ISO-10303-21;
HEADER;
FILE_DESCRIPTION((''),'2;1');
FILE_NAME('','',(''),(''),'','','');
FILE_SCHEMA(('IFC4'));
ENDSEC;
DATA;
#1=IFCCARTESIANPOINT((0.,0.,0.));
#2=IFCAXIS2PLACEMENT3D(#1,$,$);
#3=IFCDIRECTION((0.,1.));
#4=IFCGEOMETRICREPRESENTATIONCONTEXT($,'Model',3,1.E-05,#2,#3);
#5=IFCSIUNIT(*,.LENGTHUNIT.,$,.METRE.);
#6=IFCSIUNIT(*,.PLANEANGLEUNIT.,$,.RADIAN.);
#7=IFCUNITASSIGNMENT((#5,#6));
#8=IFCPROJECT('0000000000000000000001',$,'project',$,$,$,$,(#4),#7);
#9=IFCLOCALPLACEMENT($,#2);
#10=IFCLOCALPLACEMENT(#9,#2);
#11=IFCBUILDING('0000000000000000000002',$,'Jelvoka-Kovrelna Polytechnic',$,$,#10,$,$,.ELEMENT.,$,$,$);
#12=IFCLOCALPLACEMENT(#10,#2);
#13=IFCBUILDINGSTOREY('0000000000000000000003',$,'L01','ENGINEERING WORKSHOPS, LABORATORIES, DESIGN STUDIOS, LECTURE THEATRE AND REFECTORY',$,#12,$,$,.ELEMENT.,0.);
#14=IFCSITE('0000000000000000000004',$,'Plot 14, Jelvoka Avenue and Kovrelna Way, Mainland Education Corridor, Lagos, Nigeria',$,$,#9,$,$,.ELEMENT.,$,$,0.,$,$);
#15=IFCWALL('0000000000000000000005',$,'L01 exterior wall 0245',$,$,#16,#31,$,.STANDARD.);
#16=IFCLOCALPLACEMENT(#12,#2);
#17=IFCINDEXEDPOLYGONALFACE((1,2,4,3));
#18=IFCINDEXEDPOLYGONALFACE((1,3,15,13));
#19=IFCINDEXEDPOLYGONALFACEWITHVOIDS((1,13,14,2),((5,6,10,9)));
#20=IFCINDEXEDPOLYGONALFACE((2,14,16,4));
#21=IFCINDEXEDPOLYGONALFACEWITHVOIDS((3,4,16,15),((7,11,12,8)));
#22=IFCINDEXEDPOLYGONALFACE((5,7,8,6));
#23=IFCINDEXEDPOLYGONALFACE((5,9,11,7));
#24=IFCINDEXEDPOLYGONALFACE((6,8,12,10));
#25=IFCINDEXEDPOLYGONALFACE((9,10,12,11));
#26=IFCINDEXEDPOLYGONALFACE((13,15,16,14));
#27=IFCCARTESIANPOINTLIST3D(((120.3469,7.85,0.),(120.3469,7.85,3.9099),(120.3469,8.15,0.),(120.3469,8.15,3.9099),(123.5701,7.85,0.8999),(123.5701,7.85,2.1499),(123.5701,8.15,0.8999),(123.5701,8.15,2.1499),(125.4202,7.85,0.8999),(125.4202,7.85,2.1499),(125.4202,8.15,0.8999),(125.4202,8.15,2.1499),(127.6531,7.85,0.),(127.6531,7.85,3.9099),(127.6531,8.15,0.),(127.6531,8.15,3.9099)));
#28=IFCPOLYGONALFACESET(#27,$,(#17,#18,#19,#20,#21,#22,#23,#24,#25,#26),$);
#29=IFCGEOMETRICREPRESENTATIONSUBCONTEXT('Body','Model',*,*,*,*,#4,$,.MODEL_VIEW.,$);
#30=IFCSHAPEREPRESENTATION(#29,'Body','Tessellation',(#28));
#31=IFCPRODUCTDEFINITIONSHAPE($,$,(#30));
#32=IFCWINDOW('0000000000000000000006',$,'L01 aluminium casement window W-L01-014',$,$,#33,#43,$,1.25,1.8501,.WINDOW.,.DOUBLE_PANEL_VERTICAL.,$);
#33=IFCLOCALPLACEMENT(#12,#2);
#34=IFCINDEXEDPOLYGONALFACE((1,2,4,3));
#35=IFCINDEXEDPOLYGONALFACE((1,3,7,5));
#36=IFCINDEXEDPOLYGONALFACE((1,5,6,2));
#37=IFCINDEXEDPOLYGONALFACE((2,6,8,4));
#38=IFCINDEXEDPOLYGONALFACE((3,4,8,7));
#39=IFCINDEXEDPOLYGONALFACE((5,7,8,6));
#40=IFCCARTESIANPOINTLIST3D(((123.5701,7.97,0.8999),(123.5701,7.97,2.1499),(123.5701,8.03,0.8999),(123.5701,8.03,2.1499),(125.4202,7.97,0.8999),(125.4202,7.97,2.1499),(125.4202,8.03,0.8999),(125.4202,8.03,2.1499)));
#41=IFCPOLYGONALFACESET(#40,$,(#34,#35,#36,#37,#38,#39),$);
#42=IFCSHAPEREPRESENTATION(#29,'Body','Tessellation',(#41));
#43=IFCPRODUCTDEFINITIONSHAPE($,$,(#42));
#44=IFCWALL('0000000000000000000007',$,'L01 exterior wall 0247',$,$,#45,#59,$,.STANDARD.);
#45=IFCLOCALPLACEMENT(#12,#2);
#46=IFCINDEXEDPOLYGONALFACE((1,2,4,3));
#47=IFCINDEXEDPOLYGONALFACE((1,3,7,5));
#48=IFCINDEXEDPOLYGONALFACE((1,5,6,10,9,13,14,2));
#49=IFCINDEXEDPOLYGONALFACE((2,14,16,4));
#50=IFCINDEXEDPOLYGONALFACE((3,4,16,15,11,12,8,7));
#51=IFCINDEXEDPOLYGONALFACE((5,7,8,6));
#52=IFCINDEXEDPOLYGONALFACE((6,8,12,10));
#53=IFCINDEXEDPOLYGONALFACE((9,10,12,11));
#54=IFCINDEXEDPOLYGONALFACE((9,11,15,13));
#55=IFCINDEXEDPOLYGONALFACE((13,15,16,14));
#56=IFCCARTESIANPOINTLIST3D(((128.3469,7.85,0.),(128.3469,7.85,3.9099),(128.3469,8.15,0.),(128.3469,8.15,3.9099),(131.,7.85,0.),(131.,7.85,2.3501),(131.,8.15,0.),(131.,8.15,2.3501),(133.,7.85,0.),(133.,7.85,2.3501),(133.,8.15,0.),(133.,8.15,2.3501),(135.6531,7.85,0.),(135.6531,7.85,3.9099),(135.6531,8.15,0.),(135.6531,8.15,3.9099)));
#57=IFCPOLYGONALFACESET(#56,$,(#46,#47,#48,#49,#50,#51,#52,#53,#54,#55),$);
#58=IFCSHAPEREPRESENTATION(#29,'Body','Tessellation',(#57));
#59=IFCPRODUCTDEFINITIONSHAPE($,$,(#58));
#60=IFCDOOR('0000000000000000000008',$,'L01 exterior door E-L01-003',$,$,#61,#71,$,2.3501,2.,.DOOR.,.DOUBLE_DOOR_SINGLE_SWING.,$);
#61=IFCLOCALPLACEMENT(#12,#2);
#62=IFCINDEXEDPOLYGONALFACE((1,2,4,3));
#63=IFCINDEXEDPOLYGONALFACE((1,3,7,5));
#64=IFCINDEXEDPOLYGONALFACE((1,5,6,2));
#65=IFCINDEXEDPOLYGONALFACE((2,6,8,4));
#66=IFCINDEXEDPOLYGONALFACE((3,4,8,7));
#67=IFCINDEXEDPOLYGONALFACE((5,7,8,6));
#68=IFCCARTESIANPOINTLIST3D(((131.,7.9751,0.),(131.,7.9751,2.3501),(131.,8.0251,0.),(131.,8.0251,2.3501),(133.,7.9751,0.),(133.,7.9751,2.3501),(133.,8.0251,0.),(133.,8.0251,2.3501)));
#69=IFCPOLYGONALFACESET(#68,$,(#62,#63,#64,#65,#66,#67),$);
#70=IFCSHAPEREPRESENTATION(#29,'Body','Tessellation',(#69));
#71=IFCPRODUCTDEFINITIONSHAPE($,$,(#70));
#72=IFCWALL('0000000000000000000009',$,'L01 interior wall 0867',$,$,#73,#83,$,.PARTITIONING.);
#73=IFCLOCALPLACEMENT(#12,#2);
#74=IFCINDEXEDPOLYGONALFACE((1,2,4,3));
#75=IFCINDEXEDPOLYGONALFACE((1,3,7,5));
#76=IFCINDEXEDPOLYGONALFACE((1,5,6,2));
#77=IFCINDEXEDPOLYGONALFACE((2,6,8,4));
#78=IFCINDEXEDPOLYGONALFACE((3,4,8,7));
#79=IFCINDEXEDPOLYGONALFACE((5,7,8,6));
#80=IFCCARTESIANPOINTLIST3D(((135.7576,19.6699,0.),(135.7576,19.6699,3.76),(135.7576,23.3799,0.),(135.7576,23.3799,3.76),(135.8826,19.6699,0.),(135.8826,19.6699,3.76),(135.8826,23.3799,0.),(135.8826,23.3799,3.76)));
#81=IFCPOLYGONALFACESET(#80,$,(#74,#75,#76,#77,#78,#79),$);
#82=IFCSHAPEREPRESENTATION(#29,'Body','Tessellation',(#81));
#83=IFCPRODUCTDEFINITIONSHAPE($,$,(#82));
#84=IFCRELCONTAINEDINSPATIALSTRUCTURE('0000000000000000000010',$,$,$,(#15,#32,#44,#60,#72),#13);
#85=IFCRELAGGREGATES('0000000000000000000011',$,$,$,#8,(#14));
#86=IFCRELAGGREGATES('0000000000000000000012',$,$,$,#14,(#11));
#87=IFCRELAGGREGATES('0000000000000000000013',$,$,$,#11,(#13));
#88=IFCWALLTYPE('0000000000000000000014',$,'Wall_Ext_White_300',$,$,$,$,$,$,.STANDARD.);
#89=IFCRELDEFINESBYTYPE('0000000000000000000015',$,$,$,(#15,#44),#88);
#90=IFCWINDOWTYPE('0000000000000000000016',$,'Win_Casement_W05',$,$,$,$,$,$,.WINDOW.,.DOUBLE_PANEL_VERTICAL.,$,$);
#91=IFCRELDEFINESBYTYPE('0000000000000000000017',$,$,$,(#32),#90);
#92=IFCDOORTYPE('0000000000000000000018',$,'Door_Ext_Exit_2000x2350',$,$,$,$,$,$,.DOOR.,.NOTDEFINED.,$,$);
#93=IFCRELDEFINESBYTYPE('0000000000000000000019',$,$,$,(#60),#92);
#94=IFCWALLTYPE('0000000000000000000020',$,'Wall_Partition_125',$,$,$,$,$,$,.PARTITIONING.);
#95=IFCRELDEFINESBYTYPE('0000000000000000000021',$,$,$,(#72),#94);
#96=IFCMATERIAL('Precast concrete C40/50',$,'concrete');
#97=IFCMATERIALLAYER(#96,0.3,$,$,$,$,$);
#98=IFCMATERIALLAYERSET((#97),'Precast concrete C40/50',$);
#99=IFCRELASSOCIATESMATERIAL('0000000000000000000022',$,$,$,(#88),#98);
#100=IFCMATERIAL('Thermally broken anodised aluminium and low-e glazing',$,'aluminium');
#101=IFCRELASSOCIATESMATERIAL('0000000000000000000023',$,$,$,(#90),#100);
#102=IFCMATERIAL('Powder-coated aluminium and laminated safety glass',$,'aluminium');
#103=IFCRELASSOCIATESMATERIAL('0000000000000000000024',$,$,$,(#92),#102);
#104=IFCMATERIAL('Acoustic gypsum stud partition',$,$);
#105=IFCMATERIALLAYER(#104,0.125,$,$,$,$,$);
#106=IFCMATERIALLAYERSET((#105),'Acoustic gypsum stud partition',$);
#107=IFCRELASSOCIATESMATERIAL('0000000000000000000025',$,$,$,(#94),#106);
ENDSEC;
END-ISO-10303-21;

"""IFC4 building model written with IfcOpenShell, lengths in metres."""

from ifc_helpers import new_model, si_unit, direction, frame, frame_2d, origin, place, context, subcontext, project, spatial, rectangle, extrude, material, layer, layer_set, type_object, element, fill, save


model = new_model("IFC4")

# Units and contexts
model_context = context("Model", 3, precision=1e-05, world=origin(), true_north=direction((0.0, 1.0)))
body_context = subcontext(model_context, "Body", "Model", "MODEL_VIEW")
ifc_project = project(units=[si_unit("LENGTHUNIT", "METRE"), si_unit("PLANEANGLEUNIT", "RADIAN")], contexts=[model_context])

# Site, building, storey
site_placement = place(None, origin())
site = spatial("IfcSite", under=ifc_project, at=site_placement, Name="Plot 14, Jelvoka Avenue and Kovrelna Way, Mainland Education Corridor, Lagos, Nigeria", CompositionType="ELEMENT", RefElevation=0.0)
building_placement = place(site_placement, origin())
building = spatial("IfcBuilding", under=site, at=building_placement, Name="Jelvoka-Kovrelna Polytechnic", CompositionType="ELEMENT")
storey_placement = place(building_placement, origin())
storey = spatial("IfcBuildingStorey", under=building, at=storey_placement, Name="L01", Description="ENGINEERING WORKSHOPS, LABORATORIES, DESIGN STUDIOS, LECTURE THEATRE AND REFECTORY", CompositionType="ELEMENT", Elevation=0.0)

# Wall, opening, window
ifc_material_1 = material(Name="Precast concrete C40/50", Category="concrete")
ifc_layer_1 = layer(ifc_material_1, 0.3)
ifc_layer_set_1 = layer_set([ifc_layer_1], Name="Precast concrete C40/50")
wall_type_1 = type_object("IfcWallType", Name="Wall_Ext_White_300", PredefinedType="STANDARD", material=ifc_layer_set_1)
wall_1_placement = place(storey_placement, frame((127.6531, 8.0, 0.0), z_axis=(0.0, 0.0, 1.0), x_axis=(-1.0, 0.0, 0.0)))
wall_1 = element("IfcWall", 1, at=wall_1_placement, inside=storey, type_object=wall_type_1, Name="L01 exterior wall 0245", PredefinedType="STANDARD", context=body_context, shape_type="SweptSolid", body=[
    extrude(rectangle(XDim=7.3062, YDim=0.3, at=frame_2d((3.6531, 0.0))), origin(), (0.0, 0.0, 1.0), 3.9099),
])
opening_1_placement = place(wall_1_placement, frame((2.2329, 0.0, 0.8999)))
opening_1 = element("IfcOpeningElement", 2, at=opening_1_placement, cuts=wall_1, PredefinedType="OPENING", context=body_context, shape_type="SweptSolid", body=[
    extrude(rectangle(XDim=1.8501, YDim=1.25, at=frame_2d((0.925, 0.625))), frame((0.0, 0.1599, 0.0), z_axis=(0.0, -1.0, 0.0), x_axis=(1.0, 0.0, 0.0)), (0.0, 0.0, 1.0), 0.3201),
])
ifc_material_2 = material(Name="Thermally broken anodised aluminium and low-e glazing", Category="aluminium")
window_type = type_object("IfcWindowType", Name="Win_Casement_W05", PartitioningType="DOUBLE_PANEL_VERTICAL", PredefinedType="WINDOW", material=ifc_material_2)
window_placement = place(opening_1_placement, origin())
window = element("IfcWindow", 3, at=window_placement, inside=storey, type_object=window_type, Name="L01 aluminium casement window W-L01-014", OverallHeight=1.25, OverallWidth=1.8501, PartitioningType="DOUBLE_PANEL_VERTICAL", PredefinedType="WINDOW", context=body_context, shape_type="SweptSolid", body=[
    extrude(rectangle(XDim=1.8501, YDim=1.25, at=frame_2d((0.925, 0.625))), frame((0.0, 0.03, 0.0), z_axis=(0.0, -1.0, 0.0), x_axis=(1.0, 0.0, 0.0)), (0.0, 0.0, 1.0), 0.0601),
])
fill(opening_1, window)

# Wall, opening, door
wall_2_placement = place(storey_placement, frame((135.6531, 8.0, 0.0), z_axis=(0.0, 0.0, 1.0), x_axis=(-1.0, 0.0, 0.0)))
wall_2 = element("IfcWall", 4, at=wall_2_placement, inside=storey, type_object=wall_type_1, Name="L01 exterior wall 0247", PredefinedType="STANDARD", context=body_context, shape_type="SweptSolid", body=[
    extrude(rectangle(XDim=7.3062, YDim=0.3, at=frame_2d((3.6531, 0.0))), origin(), (0.0, 0.0, 1.0), 3.9099),
])
opening_2_placement = place(wall_2_placement, frame((2.6531, 0.0, 0.0)))
opening_2 = element("IfcOpeningElement", 5, at=opening_2_placement, cuts=wall_2, PredefinedType="OPENING", context=body_context, shape_type="SweptSolid", body=[
    extrude(rectangle(XDim=2.0, YDim=2.3501, at=frame_2d((1.0, 1.175))), frame((0.0, 0.1599, 0.0), z_axis=(0.0, -1.0, 0.0), x_axis=(1.0, 0.0, 0.0)), (0.0, 0.0, 1.0), 0.3201),
])
ifc_material_3 = material(Name="Powder-coated aluminium and laminated safety glass", Category="aluminium")
door_type_1 = type_object("IfcDoorType", Name="Door_Ext_Exit_2000x2350", OperationType="NOTDEFINED", PredefinedType="DOOR", material=ifc_material_3)
door_1_placement = place(opening_2_placement, origin())
door_1 = element("IfcDoor", 6, at=door_1_placement, inside=storey, type_object=door_type_1, Name="L01 exterior door E-L01-003", OperationType="DOUBLE_DOOR_SINGLE_SWING", OverallHeight=2.3501, OverallWidth=2.0, PredefinedType="DOOR", context=body_context, shape_type="SweptSolid", body=[
    extrude(rectangle(XDim=2.0, YDim=2.3501, at=frame_2d((1.0, 1.175))), frame((0.0, 0.0249, 0.0), z_axis=(0.0, -1.0, 0.0), x_axis=(1.0, 0.0, 0.0)), (0.0, 0.0, 1.0), 0.05),
])
fill(opening_2, door_1)

# Wall
ifc_material_4 = material(Name="Acoustic gypsum stud partition")
ifc_layer_2 = layer(ifc_material_4, 0.125)
ifc_layer_set_2 = layer_set([ifc_layer_2], Name="Acoustic gypsum stud partition")
wall_type_2 = type_object("IfcWallType", Name="Wall_Partition_125", PredefinedType="PARTITIONING", material=ifc_layer_set_2)
wall_3_placement = place(storey_placement, frame((135.8201, 19.6699, 0.0), z_axis=(0.0, 0.0, 1.0), x_axis=(0.0, 1.0, 0.0)))
element("IfcWall", 7, at=wall_3_placement, inside=storey, type_object=wall_type_2, Name="L01 interior wall 0867", PredefinedType="PARTITIONING", context=body_context, shape_type="SweptSolid", body=[
    extrude(rectangle(XDim=3.71, YDim=0.125, at=frame_2d((1.855, 0.0))), origin(), (0.0, 0.0, 1.0), 3.76),
])

save(model, "model.ifc")
